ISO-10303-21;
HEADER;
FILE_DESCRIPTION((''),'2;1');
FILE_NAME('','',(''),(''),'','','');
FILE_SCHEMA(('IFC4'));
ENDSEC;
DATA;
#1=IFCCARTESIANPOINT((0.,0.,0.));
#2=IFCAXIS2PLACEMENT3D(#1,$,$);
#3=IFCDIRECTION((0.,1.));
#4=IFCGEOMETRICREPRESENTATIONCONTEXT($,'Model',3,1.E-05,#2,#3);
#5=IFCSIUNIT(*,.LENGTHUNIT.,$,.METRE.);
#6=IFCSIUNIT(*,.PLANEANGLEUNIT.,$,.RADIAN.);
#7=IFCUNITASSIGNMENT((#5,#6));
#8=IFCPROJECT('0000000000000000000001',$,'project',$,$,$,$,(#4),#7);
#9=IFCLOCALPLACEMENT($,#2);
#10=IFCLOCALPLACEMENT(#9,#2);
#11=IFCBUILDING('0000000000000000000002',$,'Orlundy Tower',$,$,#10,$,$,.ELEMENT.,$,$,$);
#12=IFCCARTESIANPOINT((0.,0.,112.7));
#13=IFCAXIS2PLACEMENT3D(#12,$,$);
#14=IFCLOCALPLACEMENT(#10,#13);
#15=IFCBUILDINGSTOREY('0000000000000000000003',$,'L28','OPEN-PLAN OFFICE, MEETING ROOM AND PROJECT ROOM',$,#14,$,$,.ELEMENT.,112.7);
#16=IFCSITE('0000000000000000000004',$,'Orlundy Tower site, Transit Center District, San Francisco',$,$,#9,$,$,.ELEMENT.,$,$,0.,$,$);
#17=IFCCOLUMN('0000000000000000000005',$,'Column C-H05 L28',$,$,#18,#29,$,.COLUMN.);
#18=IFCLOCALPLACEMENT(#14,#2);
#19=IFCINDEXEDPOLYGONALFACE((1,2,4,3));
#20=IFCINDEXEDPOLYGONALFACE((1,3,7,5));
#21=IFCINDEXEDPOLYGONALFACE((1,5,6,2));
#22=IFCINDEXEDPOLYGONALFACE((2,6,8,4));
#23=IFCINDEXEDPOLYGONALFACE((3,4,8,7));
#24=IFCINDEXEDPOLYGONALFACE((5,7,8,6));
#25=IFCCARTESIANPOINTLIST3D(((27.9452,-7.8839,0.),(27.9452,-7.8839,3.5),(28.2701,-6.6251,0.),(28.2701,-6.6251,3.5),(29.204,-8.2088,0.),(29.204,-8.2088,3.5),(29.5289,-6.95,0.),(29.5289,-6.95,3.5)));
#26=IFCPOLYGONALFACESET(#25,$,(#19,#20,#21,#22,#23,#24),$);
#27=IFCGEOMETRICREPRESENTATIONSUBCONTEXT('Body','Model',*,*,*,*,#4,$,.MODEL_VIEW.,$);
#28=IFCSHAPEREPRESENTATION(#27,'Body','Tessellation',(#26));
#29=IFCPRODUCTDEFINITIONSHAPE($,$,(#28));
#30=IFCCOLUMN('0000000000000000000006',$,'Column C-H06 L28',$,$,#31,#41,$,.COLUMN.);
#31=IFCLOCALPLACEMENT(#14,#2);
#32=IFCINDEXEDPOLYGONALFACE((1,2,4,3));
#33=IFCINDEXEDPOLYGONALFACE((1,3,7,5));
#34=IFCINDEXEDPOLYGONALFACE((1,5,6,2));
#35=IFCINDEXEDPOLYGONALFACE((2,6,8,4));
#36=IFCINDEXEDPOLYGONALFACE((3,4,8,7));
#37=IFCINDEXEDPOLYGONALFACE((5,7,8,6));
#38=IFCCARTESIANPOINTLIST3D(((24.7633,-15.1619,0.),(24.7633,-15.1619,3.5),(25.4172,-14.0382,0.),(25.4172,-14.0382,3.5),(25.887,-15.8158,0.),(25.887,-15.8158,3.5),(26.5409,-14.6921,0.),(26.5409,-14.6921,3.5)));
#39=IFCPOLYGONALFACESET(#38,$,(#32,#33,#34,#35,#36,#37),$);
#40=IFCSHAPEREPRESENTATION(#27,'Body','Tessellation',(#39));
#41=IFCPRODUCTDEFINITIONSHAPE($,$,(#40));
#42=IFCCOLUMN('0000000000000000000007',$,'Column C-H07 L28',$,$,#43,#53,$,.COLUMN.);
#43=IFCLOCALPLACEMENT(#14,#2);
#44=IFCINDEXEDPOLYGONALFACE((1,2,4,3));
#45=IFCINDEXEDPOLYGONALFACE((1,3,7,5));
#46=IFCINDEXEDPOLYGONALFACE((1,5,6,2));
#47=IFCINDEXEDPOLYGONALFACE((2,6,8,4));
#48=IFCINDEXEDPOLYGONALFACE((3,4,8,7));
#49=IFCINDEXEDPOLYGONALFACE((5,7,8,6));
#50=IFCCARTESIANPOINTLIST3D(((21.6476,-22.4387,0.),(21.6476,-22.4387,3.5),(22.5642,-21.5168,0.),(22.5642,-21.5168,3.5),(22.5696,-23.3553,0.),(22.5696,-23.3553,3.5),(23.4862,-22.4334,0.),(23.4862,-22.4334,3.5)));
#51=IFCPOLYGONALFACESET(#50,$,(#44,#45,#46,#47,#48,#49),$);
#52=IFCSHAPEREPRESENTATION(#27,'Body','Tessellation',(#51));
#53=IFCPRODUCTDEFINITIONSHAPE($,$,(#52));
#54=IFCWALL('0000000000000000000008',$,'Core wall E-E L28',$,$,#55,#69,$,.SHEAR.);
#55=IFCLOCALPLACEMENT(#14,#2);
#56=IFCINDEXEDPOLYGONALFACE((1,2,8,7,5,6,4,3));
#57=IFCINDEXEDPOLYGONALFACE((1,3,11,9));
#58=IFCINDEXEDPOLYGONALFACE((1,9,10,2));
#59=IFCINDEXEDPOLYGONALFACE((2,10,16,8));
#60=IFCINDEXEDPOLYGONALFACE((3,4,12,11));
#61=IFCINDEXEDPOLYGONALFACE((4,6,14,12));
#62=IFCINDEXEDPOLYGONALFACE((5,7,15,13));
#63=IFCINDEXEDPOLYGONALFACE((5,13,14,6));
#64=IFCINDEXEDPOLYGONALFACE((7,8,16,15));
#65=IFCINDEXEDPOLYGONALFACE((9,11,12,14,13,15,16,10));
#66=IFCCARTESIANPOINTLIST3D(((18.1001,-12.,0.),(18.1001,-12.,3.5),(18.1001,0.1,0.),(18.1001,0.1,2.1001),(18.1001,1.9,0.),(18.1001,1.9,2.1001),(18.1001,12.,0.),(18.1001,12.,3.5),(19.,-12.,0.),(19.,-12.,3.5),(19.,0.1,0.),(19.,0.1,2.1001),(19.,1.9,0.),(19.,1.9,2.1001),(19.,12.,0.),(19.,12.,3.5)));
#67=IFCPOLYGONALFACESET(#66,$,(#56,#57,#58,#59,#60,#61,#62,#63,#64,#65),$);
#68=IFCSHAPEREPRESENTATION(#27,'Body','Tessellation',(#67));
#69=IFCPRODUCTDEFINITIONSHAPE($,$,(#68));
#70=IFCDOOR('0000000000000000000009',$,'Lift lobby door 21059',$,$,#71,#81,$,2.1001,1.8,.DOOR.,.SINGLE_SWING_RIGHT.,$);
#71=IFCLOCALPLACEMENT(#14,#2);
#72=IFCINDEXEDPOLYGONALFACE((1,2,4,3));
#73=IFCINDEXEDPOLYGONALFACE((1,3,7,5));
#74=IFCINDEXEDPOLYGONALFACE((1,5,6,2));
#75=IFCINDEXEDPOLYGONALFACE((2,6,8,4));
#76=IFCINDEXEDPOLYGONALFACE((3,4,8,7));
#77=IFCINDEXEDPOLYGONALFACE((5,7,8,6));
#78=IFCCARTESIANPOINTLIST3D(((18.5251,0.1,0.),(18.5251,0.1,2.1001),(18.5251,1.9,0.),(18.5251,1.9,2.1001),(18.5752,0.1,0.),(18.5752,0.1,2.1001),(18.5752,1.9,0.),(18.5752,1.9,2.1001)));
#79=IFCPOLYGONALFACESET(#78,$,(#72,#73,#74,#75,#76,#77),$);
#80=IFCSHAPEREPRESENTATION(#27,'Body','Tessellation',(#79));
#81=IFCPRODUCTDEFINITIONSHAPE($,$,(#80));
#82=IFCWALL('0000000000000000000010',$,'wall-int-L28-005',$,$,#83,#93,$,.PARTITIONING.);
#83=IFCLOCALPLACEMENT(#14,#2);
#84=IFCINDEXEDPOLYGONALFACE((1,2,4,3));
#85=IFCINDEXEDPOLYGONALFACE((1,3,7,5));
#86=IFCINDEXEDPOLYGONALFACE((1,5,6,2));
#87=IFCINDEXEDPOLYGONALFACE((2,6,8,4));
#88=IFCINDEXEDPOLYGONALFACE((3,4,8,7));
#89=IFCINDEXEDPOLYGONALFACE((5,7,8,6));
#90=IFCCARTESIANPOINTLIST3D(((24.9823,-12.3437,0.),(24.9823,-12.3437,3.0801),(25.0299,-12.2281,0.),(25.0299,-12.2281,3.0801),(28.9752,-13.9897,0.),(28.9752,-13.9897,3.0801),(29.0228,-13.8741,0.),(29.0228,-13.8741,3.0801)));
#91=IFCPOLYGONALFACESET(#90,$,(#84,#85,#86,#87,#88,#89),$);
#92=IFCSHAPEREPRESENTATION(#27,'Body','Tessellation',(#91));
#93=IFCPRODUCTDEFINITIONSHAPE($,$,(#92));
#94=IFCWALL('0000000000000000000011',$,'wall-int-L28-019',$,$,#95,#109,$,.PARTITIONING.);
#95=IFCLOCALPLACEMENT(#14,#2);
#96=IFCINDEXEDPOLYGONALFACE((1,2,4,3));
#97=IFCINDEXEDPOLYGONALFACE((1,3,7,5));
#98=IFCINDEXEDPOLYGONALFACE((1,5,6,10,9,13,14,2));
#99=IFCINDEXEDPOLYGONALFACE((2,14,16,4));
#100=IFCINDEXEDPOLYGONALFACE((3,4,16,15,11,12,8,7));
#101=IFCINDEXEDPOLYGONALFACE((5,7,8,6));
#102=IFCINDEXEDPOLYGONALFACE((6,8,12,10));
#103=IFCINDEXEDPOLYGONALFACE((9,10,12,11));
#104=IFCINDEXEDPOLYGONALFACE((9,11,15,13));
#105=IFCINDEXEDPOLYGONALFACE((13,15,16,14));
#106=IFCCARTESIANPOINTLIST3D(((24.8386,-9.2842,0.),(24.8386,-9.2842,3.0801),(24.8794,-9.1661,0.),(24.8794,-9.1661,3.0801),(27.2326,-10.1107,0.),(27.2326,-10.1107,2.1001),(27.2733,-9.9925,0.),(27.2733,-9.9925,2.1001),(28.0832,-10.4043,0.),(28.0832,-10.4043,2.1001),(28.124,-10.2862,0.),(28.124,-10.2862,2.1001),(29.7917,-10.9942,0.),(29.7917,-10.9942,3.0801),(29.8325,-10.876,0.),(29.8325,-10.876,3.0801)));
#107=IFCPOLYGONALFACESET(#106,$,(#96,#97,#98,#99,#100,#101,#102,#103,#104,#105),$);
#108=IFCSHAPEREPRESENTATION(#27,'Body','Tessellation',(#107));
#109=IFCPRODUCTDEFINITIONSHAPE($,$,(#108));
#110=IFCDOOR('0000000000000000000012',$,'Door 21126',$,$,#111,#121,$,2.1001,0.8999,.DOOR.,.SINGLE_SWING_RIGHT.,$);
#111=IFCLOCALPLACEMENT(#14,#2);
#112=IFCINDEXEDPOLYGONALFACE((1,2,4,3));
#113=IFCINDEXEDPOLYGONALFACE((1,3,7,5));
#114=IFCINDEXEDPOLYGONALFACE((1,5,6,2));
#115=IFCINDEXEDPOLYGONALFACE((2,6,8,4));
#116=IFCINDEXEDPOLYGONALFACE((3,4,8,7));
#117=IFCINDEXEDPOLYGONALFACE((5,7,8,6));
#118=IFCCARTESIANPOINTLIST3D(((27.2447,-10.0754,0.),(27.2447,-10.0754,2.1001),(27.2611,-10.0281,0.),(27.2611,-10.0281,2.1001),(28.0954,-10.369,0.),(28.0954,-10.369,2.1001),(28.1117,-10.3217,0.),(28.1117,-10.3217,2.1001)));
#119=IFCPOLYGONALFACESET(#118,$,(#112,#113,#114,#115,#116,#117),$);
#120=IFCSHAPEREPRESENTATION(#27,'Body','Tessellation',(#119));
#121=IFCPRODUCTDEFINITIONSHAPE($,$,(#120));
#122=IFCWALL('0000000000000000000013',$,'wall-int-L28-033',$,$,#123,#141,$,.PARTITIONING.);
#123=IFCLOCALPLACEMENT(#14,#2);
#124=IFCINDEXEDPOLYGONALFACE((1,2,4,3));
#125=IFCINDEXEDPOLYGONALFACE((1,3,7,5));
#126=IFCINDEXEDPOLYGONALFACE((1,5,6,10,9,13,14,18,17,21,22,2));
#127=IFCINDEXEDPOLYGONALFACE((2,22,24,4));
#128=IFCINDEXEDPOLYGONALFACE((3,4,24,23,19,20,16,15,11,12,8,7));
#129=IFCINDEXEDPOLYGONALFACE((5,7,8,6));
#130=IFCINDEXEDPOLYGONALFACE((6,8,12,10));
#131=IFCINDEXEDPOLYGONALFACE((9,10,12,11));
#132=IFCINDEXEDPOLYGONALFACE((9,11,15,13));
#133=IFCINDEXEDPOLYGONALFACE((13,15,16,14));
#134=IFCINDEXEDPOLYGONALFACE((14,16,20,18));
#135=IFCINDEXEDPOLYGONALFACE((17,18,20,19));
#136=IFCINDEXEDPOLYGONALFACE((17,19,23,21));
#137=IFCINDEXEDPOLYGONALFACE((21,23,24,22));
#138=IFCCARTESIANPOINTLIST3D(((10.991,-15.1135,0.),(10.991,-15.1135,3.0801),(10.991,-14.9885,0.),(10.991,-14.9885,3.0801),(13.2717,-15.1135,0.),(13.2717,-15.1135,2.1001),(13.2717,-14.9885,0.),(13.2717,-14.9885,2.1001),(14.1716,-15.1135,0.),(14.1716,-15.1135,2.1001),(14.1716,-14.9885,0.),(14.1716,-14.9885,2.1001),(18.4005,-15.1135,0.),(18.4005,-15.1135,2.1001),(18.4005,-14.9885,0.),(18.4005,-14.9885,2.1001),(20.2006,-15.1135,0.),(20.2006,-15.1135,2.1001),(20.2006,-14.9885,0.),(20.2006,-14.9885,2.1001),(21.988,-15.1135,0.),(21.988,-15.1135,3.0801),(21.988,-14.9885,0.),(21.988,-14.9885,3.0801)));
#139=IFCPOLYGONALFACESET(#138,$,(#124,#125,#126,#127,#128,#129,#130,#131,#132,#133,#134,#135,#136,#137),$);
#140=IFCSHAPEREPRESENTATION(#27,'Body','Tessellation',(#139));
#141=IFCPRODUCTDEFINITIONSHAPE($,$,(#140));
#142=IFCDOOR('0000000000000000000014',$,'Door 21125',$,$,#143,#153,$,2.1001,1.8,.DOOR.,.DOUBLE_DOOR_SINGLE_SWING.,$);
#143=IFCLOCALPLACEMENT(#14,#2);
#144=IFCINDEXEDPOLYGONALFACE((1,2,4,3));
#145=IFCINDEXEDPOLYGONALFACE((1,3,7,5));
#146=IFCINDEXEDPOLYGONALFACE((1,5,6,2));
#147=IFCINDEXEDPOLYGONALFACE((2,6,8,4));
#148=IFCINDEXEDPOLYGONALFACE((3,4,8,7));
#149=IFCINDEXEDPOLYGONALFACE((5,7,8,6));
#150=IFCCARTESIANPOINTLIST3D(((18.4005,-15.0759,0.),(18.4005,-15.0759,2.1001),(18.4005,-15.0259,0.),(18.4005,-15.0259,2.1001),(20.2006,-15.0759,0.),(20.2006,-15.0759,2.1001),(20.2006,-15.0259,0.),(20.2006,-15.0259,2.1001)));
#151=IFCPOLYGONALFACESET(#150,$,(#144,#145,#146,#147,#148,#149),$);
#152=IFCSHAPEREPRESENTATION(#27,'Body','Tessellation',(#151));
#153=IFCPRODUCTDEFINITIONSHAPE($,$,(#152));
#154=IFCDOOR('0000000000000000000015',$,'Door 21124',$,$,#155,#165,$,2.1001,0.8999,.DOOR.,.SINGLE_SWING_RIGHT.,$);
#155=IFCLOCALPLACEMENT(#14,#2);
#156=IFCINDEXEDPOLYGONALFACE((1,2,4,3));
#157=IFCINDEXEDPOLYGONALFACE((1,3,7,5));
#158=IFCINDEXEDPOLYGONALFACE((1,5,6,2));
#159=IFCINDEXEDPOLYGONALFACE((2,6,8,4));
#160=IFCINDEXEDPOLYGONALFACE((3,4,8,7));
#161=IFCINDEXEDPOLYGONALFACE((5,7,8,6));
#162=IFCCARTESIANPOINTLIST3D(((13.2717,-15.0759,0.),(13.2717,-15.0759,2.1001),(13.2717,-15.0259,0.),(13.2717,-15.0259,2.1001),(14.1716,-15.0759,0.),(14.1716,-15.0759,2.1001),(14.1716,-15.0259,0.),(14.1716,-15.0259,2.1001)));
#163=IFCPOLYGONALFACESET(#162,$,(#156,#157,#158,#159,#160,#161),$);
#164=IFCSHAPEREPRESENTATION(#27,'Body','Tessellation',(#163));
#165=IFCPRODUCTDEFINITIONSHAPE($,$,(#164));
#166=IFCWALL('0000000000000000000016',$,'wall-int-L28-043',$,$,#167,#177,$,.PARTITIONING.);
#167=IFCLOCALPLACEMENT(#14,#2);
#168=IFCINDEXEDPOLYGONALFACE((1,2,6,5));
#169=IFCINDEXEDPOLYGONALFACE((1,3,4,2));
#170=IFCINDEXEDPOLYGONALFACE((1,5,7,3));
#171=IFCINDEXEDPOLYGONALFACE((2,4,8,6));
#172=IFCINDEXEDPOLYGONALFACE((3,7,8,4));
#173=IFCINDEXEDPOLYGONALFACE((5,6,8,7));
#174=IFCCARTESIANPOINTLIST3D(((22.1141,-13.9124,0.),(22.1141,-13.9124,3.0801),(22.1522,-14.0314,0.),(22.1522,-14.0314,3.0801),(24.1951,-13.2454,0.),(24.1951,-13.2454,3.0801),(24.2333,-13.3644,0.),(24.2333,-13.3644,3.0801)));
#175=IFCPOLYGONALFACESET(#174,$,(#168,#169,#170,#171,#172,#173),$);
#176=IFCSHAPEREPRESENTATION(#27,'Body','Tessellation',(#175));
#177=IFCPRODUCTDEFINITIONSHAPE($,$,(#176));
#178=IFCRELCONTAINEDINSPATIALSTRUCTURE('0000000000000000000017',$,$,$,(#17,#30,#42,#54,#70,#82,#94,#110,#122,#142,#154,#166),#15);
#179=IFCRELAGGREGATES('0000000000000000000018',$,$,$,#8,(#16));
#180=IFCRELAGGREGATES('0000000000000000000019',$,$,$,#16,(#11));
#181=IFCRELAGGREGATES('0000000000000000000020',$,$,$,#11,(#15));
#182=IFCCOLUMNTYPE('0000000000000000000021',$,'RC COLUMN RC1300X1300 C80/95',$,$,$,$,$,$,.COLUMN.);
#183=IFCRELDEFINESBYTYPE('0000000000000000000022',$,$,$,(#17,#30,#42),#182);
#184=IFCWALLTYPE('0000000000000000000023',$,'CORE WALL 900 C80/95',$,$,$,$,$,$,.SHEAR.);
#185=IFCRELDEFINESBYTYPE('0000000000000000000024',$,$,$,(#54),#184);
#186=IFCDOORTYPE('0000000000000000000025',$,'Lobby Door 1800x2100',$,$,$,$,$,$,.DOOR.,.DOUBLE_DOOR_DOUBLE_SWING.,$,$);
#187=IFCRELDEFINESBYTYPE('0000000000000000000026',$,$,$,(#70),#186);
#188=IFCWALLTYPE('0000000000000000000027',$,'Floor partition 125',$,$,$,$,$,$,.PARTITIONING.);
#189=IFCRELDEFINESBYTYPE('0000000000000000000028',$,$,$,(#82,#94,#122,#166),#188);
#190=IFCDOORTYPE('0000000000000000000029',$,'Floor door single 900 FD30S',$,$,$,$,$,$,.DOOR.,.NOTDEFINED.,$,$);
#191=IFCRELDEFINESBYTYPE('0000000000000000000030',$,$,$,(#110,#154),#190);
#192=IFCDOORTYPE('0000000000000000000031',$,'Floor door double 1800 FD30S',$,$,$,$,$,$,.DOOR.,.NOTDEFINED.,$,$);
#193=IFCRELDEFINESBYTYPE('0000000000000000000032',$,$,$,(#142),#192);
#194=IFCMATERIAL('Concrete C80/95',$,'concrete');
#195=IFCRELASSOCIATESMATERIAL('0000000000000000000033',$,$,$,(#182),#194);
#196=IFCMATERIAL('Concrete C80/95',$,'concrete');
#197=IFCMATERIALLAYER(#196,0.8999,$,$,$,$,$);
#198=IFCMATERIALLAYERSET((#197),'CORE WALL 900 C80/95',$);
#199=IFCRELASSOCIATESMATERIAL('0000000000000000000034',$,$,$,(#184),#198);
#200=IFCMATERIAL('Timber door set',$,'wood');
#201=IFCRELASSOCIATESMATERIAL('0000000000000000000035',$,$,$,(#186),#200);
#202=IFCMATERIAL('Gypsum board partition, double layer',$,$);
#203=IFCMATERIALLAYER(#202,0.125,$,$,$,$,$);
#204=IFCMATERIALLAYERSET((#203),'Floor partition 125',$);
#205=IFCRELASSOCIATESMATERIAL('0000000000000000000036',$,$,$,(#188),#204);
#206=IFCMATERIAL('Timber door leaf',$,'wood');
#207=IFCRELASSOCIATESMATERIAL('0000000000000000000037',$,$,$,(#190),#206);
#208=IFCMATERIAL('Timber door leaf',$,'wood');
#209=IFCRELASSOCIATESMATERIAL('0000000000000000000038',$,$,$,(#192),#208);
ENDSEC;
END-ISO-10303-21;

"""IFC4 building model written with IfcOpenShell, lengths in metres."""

from ifc_helpers import new_model, si_unit, direction, frame, frame_2d, origin, origin_2d, place, context, subcontext, project, spatial, rectangle, extrude, material, layer, layer_set, material_profile, profile_set, type_object, element, fill, save


model = new_model("IFC4")

# Units and contexts
model_context = context("Model", 3, precision=1e-05, world=origin(), true_north=direction((0.0, 1.0)))
body_context = subcontext(model_context, "Body", "Model", "MODEL_VIEW")
ifc_project = project(units=[si_unit("LENGTHUNIT", "METRE"), si_unit("PLANEANGLEUNIT", "RADIAN")], contexts=[model_context])

# Site, building, storey
site_placement = place(None, origin())
site = spatial("IfcSite", under=ifc_project, at=site_placement, Name="Orlundy Tower site, Transit Center District, San Francisco", CompositionType="ELEMENT", RefElevation=0.0)
building_placement = place(site_placement, origin())
building = spatial("IfcBuilding", under=site, at=building_placement, Name="Orlundy Tower", CompositionType="ELEMENT")
storey_placement = place(building_placement, frame((0.0, 0.0, 112.7)))
storey = spatial("IfcBuildingStorey", under=building, at=storey_placement, Name="L28", Description="OPEN-PLAN OFFICE, MEETING ROOM AND PROJECT ROOM", CompositionType="ELEMENT", Elevation=112.7)

# Columns
ifc_material_1 = material(Name="Concrete C80/95", Category="concrete")
ifc_material_profile = material_profile(ifc_material_1, rectangle(XDim=1.3, YDim=1.3, at=origin_2d()), Name="RC1300X1300")
ifc_profile_set = profile_set([ifc_material_profile], Name="Concrete C80/95")
column_type = type_object("IfcColumnType", Name="RC COLUMN RC1300X1300 C80/95", PredefinedType="COLUMN", material=ifc_profile_set)
for number, where, z_axis, x_axis, name in (
    (1, (28.7371, -7.417, 0.0), (0.0, 0.0, 1.0), (0.96827, -0.249907, 0.0), "Column C-H05 L28"),
    (2, (25.6521, -14.927, 0.0), (0.0, 0.0, 1.0), (0.864319, -0.502945, 0.0), "Column C-H06 L28"),
    (3, (22.5669, -22.436, 0.0), (0.0, 0.0, 1.0), (0.709165, -0.705043, 0.0), "Column C-H07 L28"),
):
    element("IfcColumn", number, at=place(storey_placement, frame(where, z_axis=z_axis, x_axis=x_axis)), inside=storey, type_object=column_type, Name=name, PredefinedType="COLUMN", context=body_context, shape_type="SweptSolid", body=[
        extrude(rectangle(XDim=1.3, YDim=1.3, at=origin_2d()), origin(), (0.0, 0.0, 1.0), 3.5),
    ])

# Wall, opening, door
ifc_material_2 = material(Name="Concrete C80/95", Category="concrete")
ifc_layer_1 = layer(ifc_material_2, 0.8999)
ifc_layer_set_1 = layer_set([ifc_layer_1], Name="CORE WALL 900 C80/95")
wall_type_1 = type_object("IfcWallType", Name="CORE WALL 900 C80/95", PredefinedType="SHEAR", material=ifc_layer_set_1)
wall_1_placement = place(storey_placement, frame((18.55, -12.0, 0.0), z_axis=(0.0, 0.0, 1.0), x_axis=(0.0, 1.0, 0.0)))
wall_1 = element("IfcWall", 4, at=wall_1_placement, inside=storey, type_object=wall_type_1, Name="Core wall E-E L28", PredefinedType="SHEAR", context=body_context, shape_type="SweptSolid", body=[
    extrude(rectangle(XDim=24.0, YDim=0.8999, at=frame_2d((12.0, 0.0))), origin(), (0.0, 0.0, 1.0), 3.5),
])
opening_1_placement = place(wall_1_placement, frame((12.1001, 0.0, 0.0)))
opening_1 = element("IfcOpeningElement", 5, at=opening_1_placement, cuts=wall_1, PredefinedType="OPENING", context=body_context, shape_type="SweptSolid", body=[
    extrude(rectangle(XDim=1.8, YDim=2.1001, at=frame_2d((0.8999, 1.05))), frame((0.0, 0.46, 0.0), z_axis=(0.0, -1.0, 0.0), x_axis=(1.0, 0.0, 0.0)), (0.0, 0.0, 1.0), 0.9199),
])
ifc_material_3 = material(Name="Timber door set", Category="wood")
door_type_1 = type_object("IfcDoorType", Name="Lobby Door 1800x2100", OperationType="DOUBLE_DOOR_DOUBLE_SWING", PredefinedType="DOOR", material=ifc_material_3)
door_1_placement = place(opening_1_placement, origin())
door_1 = element("IfcDoor", 6, at=door_1_placement, inside=storey, type_object=door_type_1, Name="Lift lobby door 21059", OperationType="SINGLE_SWING_RIGHT", OverallHeight=2.1001, OverallWidth=1.8, PredefinedType="DOOR", context=body_context, shape_type="SweptSolid", body=[
    extrude(rectangle(XDim=1.8, YDim=2.1001, at=frame_2d((0.8999, 1.05))), frame((0.0, 0.0249, 0.0), z_axis=(0.0, -1.0, 0.0), x_axis=(1.0, 0.0, 0.0)), (0.0, 0.0, 1.0), 0.05),
])
fill(opening_1, door_1)

# Wall
ifc_material_4 = material(Name="Gypsum board partition, double layer")
ifc_layer_2 = layer(ifc_material_4, 0.125)
ifc_layer_set_2 = layer_set([ifc_layer_2], Name="Floor partition 125")
wall_type_2 = type_object("IfcWallType", Name="Floor partition 125", PredefinedType="PARTITIONING", material=ifc_layer_set_2)
wall_2_placement = place(storey_placement, frame((25.0061, -12.2859, 0.0), z_axis=(0.0, 0.0, 1.0), x_axis=(0.924527, -0.381117, 0.0)))
element("IfcWall", 7, at=wall_2_placement, inside=storey, type_object=wall_type_2, Name="wall-int-L28-005", PredefinedType="PARTITIONING", context=body_context, shape_type="SweptSolid", body=[
    extrude(rectangle(XDim=4.3188, YDim=0.125, at=frame_2d((2.1594, 0.0))), origin(), (0.0, 0.0, 1.0), 3.0801),
])

# Wall, opening, door
wall_3_placement = place(storey_placement, frame((24.8589, -9.2251, 0.0), z_axis=(0.0, 0.0, 1.0), x_axis=(0.945256, -0.32633, 0.0)))
wall_3 = element("IfcWall", 8, at=wall_3_placement, inside=storey, type_object=wall_type_2, Name="wall-int-L28-019", PredefinedType="PARTITIONING", context=body_context, shape_type="SweptSolid", body=[
    extrude(rectangle(XDim=5.24, YDim=0.125, at=frame_2d((2.6201, 0.0))), origin(), (0.0, 0.0, 1.0), 3.0801),
])
opening_2_placement = place(wall_3_placement, frame((2.5327, 0.0, 0.0)))
opening_2 = element("IfcOpeningElement", 9, at=opening_2_placement, cuts=wall_3, PredefinedType="OPENING", context=body_context, shape_type="SweptSolid", body=[
    extrude(rectangle(XDim=0.8999, YDim=2.1001, at=frame_2d((0.45, 1.05))), frame((0.0, 0.0725, 0.0), z_axis=(0.0, -1.0, 0.0), x_axis=(1.0, 0.0, 0.0)), (0.0, 0.0, 1.0), 0.145),
])
ifc_material_5 = material(Name="Timber door leaf", Category="wood")
door_type_2 = type_object("IfcDoorType", Name="Floor door single 900 FD30S", OperationType="NOTDEFINED", PredefinedType="DOOR", material=ifc_material_5)
door_2_placement = place(opening_2_placement, origin())
door_2 = element("IfcDoor", 10, at=door_2_placement, inside=storey, type_object=door_type_2, Name="Door 21126", OperationType="SINGLE_SWING_RIGHT", OverallHeight=2.1001, OverallWidth=0.8999, PredefinedType="DOOR", context=body_context, shape_type="SweptSolid", body=[
    extrude(rectangle(XDim=0.8999, YDim=2.1001, at=frame_2d((0.45, 1.05))), frame((0.0, 0.0249, 0.0), z_axis=(0.0, -1.0, 0.0), x_axis=(1.0, 0.0, 0.0)), (0.0, 0.0, 1.0), 0.05),
])
fill(opening_2, door_2)

# Wall, openings, doors
wall_4_placement = place(storey_placement, frame((21.988, -15.051, 0.0), z_axis=(0.0, 0.0, 1.0), x_axis=(-1.0, 0.0, 0.0)))
wall_4 = element("IfcWall", 11, at=wall_4_placement, inside=storey, type_object=wall_type_2, Name="wall-int-L28-033", PredefinedType="PARTITIONING", context=body_context, shape_type="SweptSolid", body=[
    extrude(rectangle(XDim=10.9971, YDim=0.125, at=frame_2d((5.4985, 0.0))), origin(), (0.0, 0.0, 1.0), 3.0801),
])
opening_3_placement = place(wall_4_placement, frame((7.8164, 0.0, 0.0)))
opening_3 = element("IfcOpeningElement", 12, at=opening_3_placement, cuts=wall_4, PredefinedType="OPENING", context=body_context, shape_type="SweptSolid", body=[
    extrude(rectangle(XDim=0.8999, YDim=2.1001, at=frame_2d((0.45, 1.05))), frame((0.0, 0.0725, 0.0), z_axis=(0.0, -1.0, 0.0), x_axis=(1.0, 0.0, 0.0)), (0.0, 0.0, 1.0), 0.145),
])
opening_4_placement = place(wall_4_placement, frame((1.7876, 0.0, 0.0)))
opening_4 = element("IfcOpeningElement", 13, at=opening_4_placement, cuts=wall_4, PredefinedType="OPENING", context=body_context, shape_type="SweptSolid", body=[
    extrude(rectangle(XDim=1.8, YDim=2.1001, at=frame_2d((0.8999, 1.05))), frame((0.0, 0.0725, 0.0), z_axis=(0.0, -1.0, 0.0), x_axis=(1.0, 0.0, 0.0)), (0.0, 0.0, 1.0), 0.145),
])
ifc_material_6 = material(Name="Timber door leaf", Category="wood")
door_type_3 = type_object("IfcDoorType", Name="Floor door double 1800 FD30S", OperationType="NOTDEFINED", PredefinedType="DOOR", material=ifc_material_6)
door_3_placement = place(opening_4_placement, origin())
door_3 = element("IfcDoor", 14, at=door_3_placement, inside=storey, type_object=door_type_3, Name="Door 21125", OperationType="DOUBLE_DOOR_SINGLE_SWING", OverallHeight=2.1001, OverallWidth=1.8, PredefinedType="DOOR", context=body_context, shape_type="SweptSolid", body=[
    extrude(rectangle(XDim=1.8, YDim=2.1001, at=frame_2d((0.8999, 1.05))), frame((0.0, 0.0249, 0.0), z_axis=(0.0, -1.0, 0.0), x_axis=(1.0, 0.0, 0.0)), (0.0, 0.0, 1.0), 0.05),
])
fill(opening_4, door_3)
door_4_placement = place(opening_3_placement, origin())
door_4 = element("IfcDoor", 15, at=door_4_placement, inside=storey, type_object=door_type_2, Name="Door 21124", OperationType="SINGLE_SWING_RIGHT", OverallHeight=2.1001, OverallWidth=0.8999, PredefinedType="DOOR", context=body_context, shape_type="SweptSolid", body=[
    extrude(rectangle(XDim=0.8999, YDim=2.1001, at=frame_2d((0.45, 1.05))), frame((0.0, 0.0249, 0.0), z_axis=(0.0, -1.0, 0.0), x_axis=(1.0, 0.0, 0.0)), (0.0, 0.0, 1.0), 0.05),
])
fill(opening_3, door_4)

# Wall
wall_5_placement = place(storey_placement, frame((22.1331, -13.9719, 0.0), z_axis=(0.0, 0.0, 1.0), x_axis=(0.952284, 0.305213, 0.0)))
element("IfcWall", 16, at=wall_5_placement, inside=storey, type_object=wall_type_2, Name="wall-int-L28-043", PredefinedType="PARTITIONING", context=body_context, shape_type="SweptSolid", body=[
    extrude(rectangle(XDim=2.1853, YDim=0.125, at=frame_2d((1.0928, 0.0))), origin(), (0.0, 0.0, 1.0), 3.0801),
])

save(model, "model.ifc")
